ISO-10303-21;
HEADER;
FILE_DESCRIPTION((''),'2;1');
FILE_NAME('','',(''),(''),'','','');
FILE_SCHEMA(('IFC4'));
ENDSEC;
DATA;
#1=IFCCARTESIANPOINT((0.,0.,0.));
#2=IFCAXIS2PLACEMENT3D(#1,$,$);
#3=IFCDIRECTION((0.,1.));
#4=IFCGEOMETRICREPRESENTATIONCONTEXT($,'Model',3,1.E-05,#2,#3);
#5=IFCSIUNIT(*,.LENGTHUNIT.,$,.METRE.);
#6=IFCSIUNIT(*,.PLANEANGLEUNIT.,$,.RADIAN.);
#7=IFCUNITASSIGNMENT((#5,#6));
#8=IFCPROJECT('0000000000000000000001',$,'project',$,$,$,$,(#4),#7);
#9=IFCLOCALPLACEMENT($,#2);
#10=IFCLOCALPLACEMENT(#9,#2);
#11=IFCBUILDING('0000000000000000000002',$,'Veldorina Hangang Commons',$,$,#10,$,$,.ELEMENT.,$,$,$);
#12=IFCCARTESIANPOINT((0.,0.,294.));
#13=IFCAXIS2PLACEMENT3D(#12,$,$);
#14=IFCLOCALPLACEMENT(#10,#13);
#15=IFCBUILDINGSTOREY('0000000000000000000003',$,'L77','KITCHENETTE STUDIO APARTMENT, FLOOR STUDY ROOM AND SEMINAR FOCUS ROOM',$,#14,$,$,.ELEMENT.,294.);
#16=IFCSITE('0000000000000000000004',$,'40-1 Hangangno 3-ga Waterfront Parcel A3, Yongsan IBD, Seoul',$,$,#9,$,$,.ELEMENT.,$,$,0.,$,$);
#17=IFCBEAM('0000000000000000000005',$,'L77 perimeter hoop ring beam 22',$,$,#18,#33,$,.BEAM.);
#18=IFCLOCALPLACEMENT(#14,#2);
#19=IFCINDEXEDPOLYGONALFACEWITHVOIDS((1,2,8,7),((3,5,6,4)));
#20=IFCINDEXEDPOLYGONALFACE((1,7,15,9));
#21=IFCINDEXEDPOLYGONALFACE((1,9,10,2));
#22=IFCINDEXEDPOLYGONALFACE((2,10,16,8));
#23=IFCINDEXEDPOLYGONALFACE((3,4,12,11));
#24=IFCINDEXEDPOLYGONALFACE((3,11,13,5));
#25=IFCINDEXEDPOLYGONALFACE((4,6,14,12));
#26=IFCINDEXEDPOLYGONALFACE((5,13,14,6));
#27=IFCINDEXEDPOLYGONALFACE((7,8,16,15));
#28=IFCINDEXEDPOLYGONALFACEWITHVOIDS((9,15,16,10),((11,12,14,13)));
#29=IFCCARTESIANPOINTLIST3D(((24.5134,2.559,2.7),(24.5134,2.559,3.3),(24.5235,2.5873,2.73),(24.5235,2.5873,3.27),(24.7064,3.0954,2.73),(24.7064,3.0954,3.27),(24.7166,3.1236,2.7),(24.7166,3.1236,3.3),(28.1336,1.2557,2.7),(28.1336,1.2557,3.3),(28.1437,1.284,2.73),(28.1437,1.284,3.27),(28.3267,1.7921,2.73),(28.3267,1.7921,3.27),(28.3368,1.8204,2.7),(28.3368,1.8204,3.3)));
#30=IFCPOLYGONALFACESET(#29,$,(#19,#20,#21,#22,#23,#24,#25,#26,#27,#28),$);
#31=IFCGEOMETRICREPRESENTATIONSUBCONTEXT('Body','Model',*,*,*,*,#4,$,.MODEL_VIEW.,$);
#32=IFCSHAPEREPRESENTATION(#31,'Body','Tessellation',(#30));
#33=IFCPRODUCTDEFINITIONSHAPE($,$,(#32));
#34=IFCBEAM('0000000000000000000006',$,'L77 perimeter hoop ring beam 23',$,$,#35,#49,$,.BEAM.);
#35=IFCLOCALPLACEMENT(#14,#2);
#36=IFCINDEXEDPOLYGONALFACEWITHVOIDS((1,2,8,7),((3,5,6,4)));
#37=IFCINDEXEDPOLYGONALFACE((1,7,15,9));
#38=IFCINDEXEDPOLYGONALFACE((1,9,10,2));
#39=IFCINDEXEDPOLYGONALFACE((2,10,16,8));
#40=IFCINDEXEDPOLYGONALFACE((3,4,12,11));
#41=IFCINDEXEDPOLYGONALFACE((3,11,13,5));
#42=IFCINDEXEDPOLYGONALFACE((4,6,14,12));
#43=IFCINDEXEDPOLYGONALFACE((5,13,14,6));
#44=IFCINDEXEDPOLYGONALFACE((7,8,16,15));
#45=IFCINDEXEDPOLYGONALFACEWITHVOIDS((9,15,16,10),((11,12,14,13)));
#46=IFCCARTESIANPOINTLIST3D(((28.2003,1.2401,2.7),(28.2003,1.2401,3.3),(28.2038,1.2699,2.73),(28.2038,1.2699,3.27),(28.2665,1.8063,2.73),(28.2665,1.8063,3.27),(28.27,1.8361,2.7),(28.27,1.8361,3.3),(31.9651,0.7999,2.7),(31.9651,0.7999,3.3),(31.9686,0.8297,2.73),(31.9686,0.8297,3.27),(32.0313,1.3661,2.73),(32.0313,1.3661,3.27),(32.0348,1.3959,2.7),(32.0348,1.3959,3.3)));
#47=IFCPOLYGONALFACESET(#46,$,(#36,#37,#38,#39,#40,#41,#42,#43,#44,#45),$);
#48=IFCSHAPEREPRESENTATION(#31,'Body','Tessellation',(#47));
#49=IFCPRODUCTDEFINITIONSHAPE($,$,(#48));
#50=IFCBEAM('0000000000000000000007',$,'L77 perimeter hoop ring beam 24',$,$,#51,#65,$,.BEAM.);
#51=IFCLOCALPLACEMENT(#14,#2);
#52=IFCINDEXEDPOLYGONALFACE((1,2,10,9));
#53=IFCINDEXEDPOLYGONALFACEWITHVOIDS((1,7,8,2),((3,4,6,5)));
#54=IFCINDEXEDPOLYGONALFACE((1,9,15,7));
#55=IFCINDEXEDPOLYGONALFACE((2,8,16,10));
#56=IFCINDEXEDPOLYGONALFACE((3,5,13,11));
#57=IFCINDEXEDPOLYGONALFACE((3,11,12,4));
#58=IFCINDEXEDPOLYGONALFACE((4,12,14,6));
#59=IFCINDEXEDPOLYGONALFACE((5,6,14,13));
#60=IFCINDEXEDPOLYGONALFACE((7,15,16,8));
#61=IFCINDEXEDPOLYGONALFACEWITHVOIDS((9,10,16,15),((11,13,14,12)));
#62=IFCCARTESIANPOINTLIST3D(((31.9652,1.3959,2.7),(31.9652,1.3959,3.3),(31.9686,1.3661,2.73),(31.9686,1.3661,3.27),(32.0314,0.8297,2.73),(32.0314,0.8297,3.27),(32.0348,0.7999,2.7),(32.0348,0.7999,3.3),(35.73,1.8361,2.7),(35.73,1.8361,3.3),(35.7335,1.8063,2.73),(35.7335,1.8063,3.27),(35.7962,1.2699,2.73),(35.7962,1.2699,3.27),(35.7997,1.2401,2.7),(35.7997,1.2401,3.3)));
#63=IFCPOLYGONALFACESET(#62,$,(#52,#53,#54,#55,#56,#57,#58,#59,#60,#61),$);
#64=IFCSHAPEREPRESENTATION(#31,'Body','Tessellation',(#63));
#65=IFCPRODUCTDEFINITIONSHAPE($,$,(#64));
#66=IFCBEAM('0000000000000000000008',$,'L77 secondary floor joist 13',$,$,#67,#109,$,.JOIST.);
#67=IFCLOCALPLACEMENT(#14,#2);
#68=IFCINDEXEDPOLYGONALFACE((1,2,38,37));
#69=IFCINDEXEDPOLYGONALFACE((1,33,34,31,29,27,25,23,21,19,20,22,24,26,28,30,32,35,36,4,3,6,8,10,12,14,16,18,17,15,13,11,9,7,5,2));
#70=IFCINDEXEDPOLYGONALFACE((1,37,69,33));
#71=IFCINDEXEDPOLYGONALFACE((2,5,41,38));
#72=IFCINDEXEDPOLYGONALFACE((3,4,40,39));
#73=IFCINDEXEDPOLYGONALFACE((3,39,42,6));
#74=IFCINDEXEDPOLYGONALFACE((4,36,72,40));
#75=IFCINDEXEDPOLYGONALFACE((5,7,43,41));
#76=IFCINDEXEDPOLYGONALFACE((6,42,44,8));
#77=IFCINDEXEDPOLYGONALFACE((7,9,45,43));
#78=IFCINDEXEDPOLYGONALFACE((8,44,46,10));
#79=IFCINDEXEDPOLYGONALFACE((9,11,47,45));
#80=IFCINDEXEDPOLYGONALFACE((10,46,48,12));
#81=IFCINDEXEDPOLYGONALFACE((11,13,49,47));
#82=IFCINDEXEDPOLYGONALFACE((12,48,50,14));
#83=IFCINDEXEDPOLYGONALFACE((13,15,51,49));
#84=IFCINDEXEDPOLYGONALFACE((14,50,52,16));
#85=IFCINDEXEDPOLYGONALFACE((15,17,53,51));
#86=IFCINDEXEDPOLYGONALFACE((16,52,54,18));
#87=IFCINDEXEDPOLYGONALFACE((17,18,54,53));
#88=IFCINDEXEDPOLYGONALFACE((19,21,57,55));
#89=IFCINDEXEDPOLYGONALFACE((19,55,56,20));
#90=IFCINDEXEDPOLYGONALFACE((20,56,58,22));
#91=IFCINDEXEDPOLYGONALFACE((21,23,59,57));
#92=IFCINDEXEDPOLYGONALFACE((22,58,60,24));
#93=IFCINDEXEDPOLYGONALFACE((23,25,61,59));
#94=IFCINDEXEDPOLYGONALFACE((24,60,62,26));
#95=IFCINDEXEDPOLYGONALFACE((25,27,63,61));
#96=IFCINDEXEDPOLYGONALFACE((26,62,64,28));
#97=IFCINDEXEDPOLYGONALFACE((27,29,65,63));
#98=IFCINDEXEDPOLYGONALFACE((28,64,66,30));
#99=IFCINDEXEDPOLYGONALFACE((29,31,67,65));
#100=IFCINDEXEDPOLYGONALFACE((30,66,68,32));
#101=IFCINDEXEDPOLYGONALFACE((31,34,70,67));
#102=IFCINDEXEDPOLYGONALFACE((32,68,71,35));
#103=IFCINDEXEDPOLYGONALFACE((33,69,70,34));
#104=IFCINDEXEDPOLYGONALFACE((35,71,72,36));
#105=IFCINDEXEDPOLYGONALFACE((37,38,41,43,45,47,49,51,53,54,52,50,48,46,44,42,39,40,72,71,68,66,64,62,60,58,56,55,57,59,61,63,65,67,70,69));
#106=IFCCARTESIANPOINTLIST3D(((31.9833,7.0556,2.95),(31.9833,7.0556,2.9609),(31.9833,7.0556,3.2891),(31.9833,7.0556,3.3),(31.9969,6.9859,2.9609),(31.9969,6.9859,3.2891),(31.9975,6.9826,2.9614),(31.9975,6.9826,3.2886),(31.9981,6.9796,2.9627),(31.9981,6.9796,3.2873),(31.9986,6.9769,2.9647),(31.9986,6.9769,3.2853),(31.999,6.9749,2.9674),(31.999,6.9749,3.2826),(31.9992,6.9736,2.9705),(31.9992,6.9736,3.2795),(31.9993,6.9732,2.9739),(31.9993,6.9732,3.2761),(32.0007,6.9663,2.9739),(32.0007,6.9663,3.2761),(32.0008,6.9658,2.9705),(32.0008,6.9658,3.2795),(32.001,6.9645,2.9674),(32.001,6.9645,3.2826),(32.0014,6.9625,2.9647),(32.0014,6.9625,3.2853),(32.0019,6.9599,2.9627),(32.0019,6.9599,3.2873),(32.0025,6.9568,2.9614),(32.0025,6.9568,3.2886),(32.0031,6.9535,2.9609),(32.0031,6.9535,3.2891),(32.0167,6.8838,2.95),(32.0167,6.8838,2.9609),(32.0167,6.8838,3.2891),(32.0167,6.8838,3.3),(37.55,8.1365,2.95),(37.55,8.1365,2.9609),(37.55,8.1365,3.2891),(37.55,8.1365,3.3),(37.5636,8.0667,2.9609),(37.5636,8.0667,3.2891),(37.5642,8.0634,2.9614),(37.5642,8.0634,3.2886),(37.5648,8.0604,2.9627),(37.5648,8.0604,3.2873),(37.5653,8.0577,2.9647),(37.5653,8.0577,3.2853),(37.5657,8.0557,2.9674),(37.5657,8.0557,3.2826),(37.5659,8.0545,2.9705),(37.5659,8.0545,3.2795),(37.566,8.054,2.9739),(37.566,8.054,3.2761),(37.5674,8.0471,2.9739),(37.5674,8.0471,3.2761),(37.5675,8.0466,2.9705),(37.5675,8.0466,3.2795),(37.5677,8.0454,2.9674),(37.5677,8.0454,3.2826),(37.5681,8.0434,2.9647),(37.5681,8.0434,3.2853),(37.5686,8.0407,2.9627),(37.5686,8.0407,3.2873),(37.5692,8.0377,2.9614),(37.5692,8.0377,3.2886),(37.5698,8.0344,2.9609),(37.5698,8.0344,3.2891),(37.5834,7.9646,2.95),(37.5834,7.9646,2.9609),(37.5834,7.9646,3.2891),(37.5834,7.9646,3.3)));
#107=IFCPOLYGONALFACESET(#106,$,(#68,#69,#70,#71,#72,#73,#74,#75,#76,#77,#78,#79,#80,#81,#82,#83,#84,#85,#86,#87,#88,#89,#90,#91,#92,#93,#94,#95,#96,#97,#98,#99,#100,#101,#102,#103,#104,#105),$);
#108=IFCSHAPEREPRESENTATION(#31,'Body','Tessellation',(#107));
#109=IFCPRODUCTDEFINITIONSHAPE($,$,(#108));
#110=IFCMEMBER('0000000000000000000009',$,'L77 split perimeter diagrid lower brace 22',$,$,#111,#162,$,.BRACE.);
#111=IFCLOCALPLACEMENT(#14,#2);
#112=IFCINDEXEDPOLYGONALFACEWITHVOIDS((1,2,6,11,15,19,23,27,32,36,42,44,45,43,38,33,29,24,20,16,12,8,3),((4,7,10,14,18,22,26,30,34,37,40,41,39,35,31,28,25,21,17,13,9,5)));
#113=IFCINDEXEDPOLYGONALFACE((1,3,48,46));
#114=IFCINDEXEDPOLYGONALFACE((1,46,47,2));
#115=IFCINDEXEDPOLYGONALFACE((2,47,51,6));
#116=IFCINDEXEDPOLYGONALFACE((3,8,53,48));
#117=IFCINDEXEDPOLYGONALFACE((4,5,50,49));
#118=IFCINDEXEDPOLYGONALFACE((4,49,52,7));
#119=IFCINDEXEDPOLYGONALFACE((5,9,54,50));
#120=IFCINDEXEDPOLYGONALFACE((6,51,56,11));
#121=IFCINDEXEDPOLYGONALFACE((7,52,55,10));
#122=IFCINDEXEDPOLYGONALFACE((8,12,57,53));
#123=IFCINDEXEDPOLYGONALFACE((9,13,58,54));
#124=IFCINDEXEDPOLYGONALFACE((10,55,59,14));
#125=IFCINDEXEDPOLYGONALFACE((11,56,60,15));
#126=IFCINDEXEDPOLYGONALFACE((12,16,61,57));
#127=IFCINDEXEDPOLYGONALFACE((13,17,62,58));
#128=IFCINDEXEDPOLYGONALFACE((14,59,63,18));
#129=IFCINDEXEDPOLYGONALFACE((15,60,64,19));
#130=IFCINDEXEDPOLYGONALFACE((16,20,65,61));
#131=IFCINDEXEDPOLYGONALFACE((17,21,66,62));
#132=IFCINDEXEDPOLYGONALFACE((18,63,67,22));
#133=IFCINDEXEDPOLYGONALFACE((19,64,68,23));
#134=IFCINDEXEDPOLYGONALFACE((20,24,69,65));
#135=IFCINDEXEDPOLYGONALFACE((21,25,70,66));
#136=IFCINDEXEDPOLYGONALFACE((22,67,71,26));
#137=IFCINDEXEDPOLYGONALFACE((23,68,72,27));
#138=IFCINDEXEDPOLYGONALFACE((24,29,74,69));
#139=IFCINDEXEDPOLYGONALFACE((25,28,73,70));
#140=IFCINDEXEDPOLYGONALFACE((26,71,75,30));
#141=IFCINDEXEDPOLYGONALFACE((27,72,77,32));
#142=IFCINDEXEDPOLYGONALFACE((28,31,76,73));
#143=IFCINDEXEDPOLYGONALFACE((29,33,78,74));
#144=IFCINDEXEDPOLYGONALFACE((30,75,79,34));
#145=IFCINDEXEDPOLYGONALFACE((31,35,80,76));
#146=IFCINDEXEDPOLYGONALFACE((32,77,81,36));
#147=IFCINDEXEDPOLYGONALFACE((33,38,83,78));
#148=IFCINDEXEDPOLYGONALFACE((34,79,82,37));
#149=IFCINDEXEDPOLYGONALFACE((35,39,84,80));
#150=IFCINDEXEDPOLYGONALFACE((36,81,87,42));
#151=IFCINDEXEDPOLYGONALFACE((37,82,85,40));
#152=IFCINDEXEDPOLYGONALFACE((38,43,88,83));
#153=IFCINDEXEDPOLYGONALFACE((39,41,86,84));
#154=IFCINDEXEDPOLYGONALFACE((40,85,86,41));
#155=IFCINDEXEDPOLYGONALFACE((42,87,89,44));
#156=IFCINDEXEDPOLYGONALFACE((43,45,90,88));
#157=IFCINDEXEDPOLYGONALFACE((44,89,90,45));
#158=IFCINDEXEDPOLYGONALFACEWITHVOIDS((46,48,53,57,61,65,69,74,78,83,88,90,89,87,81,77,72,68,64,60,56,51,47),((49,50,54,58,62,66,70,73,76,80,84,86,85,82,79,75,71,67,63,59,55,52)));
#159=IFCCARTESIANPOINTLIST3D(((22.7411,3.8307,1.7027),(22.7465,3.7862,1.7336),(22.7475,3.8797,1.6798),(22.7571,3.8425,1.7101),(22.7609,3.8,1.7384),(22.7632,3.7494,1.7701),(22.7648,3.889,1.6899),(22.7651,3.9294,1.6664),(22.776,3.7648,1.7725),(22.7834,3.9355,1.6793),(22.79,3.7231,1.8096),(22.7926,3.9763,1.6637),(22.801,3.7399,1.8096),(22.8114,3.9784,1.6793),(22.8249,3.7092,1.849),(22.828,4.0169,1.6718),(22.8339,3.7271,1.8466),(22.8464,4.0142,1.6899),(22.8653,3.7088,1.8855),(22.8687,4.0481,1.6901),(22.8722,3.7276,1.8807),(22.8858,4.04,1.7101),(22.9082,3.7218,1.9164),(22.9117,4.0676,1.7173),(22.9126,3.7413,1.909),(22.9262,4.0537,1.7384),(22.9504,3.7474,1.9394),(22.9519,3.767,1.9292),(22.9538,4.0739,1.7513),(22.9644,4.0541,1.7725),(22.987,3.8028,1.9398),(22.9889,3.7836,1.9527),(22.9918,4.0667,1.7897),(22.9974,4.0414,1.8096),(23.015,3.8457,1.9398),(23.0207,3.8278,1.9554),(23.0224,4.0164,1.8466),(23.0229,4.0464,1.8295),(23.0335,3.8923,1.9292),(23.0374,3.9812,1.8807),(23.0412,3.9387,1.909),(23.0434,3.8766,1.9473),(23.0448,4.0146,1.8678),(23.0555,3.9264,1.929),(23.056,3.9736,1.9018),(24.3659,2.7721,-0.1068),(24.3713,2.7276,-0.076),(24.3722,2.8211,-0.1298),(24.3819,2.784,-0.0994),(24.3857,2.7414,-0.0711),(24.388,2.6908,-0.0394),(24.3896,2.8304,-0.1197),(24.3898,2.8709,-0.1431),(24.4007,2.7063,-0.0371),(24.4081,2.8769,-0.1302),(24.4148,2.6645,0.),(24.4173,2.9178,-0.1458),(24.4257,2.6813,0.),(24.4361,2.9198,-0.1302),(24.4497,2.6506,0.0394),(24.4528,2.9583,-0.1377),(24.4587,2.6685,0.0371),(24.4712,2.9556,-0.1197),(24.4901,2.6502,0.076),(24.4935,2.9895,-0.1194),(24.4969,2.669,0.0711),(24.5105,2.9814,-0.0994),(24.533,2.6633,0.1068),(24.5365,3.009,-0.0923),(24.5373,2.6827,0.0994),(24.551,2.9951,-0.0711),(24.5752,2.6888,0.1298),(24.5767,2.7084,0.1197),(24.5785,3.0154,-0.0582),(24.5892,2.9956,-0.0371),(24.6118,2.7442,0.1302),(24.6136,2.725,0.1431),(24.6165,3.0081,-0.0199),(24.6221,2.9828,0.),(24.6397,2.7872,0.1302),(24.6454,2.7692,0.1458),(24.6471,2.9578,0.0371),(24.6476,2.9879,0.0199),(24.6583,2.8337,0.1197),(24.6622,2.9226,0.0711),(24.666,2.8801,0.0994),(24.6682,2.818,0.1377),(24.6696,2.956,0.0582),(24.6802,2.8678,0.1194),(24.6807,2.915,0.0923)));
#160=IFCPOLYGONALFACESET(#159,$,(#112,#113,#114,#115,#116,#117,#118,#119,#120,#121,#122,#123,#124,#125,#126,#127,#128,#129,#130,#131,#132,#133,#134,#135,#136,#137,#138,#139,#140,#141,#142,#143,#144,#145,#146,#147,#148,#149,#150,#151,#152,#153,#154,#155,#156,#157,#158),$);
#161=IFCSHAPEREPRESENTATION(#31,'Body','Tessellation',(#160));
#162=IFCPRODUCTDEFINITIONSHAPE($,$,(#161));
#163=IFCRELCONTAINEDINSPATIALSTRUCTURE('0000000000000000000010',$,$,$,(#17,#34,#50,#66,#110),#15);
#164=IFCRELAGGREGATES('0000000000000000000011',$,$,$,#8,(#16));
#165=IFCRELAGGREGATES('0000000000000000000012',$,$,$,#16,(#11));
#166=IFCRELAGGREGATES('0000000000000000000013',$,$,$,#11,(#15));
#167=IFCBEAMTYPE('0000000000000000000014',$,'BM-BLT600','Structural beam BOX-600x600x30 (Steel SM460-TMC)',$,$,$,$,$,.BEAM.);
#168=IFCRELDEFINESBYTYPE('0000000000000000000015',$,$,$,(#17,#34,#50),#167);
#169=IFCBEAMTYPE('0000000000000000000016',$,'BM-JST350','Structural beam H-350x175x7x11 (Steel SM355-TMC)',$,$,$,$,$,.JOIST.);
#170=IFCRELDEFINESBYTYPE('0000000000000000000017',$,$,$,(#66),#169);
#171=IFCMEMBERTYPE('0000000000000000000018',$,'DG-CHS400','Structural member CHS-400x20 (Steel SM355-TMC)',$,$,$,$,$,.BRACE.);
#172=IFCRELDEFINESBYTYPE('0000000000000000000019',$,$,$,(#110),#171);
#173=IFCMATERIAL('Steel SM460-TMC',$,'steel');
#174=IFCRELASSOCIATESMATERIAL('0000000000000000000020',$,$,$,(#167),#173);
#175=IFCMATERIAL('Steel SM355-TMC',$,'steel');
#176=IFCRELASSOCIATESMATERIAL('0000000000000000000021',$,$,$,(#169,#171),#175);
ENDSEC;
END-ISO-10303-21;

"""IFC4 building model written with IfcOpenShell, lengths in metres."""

from ifc_helpers import new_model, si_unit, direction, frame, origin, origin_2d, place, context, subcontext, project, spatial, hollow_rectangle, hollow_circle, i_section, extrude, material, material_profile, profile_set, type_object, element, save


model = new_model("IFC4")

# Units and contexts
model_context = context("Model", 3, precision=1e-05, world=origin(), true_north=direction((0.0, 1.0)))
body_context = subcontext(model_context, "Body", "Model", "MODEL_VIEW")
ifc_project = project(units=[si_unit("LENGTHUNIT", "METRE"), si_unit("PLANEANGLEUNIT", "RADIAN")], contexts=[model_context])

# Site, building, storey
site_placement = place(None, origin())
site = spatial("IfcSite", under=ifc_project, at=site_placement, Name="40-1 Hangangno 3-ga Waterfront Parcel A3, Yongsan IBD, Seoul", CompositionType="ELEMENT", RefElevation=0.0)
building_placement = place(site_placement, origin())
building = spatial("IfcBuilding", under=site, at=building_placement, Name="Veldorina Hangang Commons", CompositionType="ELEMENT")
storey_placement = place(building_placement, frame((0.0, 0.0, 294.0)))
storey = spatial("IfcBuildingStorey", under=building, at=storey_placement, Name="L77", Description="KITCHENETTE STUDIO APARTMENT, FLOOR STUDY ROOM AND SEMINAR FOCUS ROOM", CompositionType="ELEMENT", Elevation=294.0)

# Beams
ifc_material_1 = material(Name="Steel SM460-TMC", Category="steel")
ifc_material_profile_1 = material_profile(ifc_material_1, hollow_rectangle(XDim=0.6001, YDim=0.6001, WallThickness=0.03, at=origin_2d()), Name="BOX-600x600x30")
ifc_profile_set_1 = profile_set([ifc_material_profile_1], Name="Steel SM460-TMC")
beam_type_1 = type_object("IfcBeamType", Name="BM-BLT600", Description="Structural beam BOX-600x600x30 (Steel SM460-TMC)", PredefinedType="BEAM", material=ifc_profile_set_1)
beam_1_placement = place(storey_placement, frame((24.615, 2.8413, 3.0), z_axis=(0.940889, -0.338715, 0.0), x_axis=(0.338715, 0.940889, 0.0)))
element("IfcBeam", 1, at=beam_1_placement, inside=storey, type_object=beam_type_1, Name="L77 perimeter hoop ring beam 22", PredefinedType="BEAM", context=body_context, shape_type="SweptSolid", body=[
    extrude(hollow_rectangle(XDim=0.6001, YDim=0.6001, WallThickness=0.03, at=origin_2d()), origin(), (0.0, 0.0, 1.0), 3.8477),
])
for number, where, z_axis, x_axis, name in (
    (2, (28.2351, 1.5381, 3.0), (0.993234, -0.116127, 0.0), (0.116127, 0.993234, 0.0), "L77 perimeter hoop ring beam 23"),
    (3, (32.0, 1.0979, 3.0), (0.993234, 0.116127, 0.0), (-0.116127, 0.993234, 0.0), "L77 perimeter hoop ring beam 24"),
):
    element("IfcBeam", number, at=place(storey_placement, frame(where, z_axis=z_axis, x_axis=x_axis)), inside=storey, type_object=beam_type_1, Name=name, PredefinedType="BEAM", context=body_context, shape_type="SweptSolid", body=[
        extrude(hollow_rectangle(XDim=0.6001, YDim=0.6001, WallThickness=0.03, at=origin_2d()), origin(), (0.0, 0.0, 1.0), 3.7905),
    ])
ifc_material_2 = material(Name="Steel SM355-TMC", Category="steel")
ifc_material_profile_2 = material_profile(ifc_material_2, i_section(OverallWidth=0.175, OverallDepth=0.3501, WebThickness=0.0071, FlangeThickness=0.011, FilletRadius=0.0129, at=origin_2d()), Name="H-350x175x7x11")
ifc_profile_set_2 = profile_set([ifc_material_profile_2], Name="Steel SM355-TMC")
beam_type_2 = type_object("IfcBeamType", Name="BM-JST350", Description="Structural beam H-350x175x7x11 (Steel SM355-TMC)", PredefinedType="JOIST", material=ifc_profile_set_2)
beam_2_placement = place(storey_placement, frame((32.0, 6.9697, 3.125), z_axis=(0.981668, 0.190599, 0.0), x_axis=(-0.190599, 0.981668, 0.0)))
element("IfcBeam", 4, at=beam_2_placement, inside=storey, type_object=beam_type_2, Name="L77 secondary floor joist 13", PredefinedType="JOIST", context=body_context, shape_type="SweptSolid", body=[
    extrude(i_section(OverallWidth=0.175, OverallDepth=0.3501, WebThickness=0.0071, FlangeThickness=0.011, FilletRadius=0.0129, at=origin_2d()), origin(), (0.0, 0.0, 1.0), 5.6707),
])

# Member
ifc_material_profile_3 = material_profile(ifc_material_2, hollow_circle(Radius=0.2, WallThickness=0.02, at=origin_2d()), Name="CHS-400x20")
ifc_profile_set_3 = profile_set([ifc_material_profile_3], Name="Steel SM355-TMC")
member_type_1 = type_object("IfcMemberType", Name="DG-CHS400", Description="Structural member CHS-400x20 (Steel SM355-TMC)", PredefinedType="BRACE", material=ifc_profile_set_3)
member_1_placement = place(storey_placement, frame((24.5239, 2.832, 0.0), z_axis=(-0.612571, 0.399114, 0.68225), x_axis=(-0.545895, -0.837853, 0.0)))
element("IfcMember", 5, at=member_1_placement, inside=storey, type_object=member_type_1, Name="L77 split perimeter diagrid lower brace 22", PredefinedType="BRACE", context=body_context, shape_type="SweptSolid", body=[
    extrude(hollow_circle(Radius=0.2, WallThickness=0.02, at=origin_2d()), origin(), (0.0, 0.0, 1.0), 2.6523),
])

save(model, "model.ifc")
